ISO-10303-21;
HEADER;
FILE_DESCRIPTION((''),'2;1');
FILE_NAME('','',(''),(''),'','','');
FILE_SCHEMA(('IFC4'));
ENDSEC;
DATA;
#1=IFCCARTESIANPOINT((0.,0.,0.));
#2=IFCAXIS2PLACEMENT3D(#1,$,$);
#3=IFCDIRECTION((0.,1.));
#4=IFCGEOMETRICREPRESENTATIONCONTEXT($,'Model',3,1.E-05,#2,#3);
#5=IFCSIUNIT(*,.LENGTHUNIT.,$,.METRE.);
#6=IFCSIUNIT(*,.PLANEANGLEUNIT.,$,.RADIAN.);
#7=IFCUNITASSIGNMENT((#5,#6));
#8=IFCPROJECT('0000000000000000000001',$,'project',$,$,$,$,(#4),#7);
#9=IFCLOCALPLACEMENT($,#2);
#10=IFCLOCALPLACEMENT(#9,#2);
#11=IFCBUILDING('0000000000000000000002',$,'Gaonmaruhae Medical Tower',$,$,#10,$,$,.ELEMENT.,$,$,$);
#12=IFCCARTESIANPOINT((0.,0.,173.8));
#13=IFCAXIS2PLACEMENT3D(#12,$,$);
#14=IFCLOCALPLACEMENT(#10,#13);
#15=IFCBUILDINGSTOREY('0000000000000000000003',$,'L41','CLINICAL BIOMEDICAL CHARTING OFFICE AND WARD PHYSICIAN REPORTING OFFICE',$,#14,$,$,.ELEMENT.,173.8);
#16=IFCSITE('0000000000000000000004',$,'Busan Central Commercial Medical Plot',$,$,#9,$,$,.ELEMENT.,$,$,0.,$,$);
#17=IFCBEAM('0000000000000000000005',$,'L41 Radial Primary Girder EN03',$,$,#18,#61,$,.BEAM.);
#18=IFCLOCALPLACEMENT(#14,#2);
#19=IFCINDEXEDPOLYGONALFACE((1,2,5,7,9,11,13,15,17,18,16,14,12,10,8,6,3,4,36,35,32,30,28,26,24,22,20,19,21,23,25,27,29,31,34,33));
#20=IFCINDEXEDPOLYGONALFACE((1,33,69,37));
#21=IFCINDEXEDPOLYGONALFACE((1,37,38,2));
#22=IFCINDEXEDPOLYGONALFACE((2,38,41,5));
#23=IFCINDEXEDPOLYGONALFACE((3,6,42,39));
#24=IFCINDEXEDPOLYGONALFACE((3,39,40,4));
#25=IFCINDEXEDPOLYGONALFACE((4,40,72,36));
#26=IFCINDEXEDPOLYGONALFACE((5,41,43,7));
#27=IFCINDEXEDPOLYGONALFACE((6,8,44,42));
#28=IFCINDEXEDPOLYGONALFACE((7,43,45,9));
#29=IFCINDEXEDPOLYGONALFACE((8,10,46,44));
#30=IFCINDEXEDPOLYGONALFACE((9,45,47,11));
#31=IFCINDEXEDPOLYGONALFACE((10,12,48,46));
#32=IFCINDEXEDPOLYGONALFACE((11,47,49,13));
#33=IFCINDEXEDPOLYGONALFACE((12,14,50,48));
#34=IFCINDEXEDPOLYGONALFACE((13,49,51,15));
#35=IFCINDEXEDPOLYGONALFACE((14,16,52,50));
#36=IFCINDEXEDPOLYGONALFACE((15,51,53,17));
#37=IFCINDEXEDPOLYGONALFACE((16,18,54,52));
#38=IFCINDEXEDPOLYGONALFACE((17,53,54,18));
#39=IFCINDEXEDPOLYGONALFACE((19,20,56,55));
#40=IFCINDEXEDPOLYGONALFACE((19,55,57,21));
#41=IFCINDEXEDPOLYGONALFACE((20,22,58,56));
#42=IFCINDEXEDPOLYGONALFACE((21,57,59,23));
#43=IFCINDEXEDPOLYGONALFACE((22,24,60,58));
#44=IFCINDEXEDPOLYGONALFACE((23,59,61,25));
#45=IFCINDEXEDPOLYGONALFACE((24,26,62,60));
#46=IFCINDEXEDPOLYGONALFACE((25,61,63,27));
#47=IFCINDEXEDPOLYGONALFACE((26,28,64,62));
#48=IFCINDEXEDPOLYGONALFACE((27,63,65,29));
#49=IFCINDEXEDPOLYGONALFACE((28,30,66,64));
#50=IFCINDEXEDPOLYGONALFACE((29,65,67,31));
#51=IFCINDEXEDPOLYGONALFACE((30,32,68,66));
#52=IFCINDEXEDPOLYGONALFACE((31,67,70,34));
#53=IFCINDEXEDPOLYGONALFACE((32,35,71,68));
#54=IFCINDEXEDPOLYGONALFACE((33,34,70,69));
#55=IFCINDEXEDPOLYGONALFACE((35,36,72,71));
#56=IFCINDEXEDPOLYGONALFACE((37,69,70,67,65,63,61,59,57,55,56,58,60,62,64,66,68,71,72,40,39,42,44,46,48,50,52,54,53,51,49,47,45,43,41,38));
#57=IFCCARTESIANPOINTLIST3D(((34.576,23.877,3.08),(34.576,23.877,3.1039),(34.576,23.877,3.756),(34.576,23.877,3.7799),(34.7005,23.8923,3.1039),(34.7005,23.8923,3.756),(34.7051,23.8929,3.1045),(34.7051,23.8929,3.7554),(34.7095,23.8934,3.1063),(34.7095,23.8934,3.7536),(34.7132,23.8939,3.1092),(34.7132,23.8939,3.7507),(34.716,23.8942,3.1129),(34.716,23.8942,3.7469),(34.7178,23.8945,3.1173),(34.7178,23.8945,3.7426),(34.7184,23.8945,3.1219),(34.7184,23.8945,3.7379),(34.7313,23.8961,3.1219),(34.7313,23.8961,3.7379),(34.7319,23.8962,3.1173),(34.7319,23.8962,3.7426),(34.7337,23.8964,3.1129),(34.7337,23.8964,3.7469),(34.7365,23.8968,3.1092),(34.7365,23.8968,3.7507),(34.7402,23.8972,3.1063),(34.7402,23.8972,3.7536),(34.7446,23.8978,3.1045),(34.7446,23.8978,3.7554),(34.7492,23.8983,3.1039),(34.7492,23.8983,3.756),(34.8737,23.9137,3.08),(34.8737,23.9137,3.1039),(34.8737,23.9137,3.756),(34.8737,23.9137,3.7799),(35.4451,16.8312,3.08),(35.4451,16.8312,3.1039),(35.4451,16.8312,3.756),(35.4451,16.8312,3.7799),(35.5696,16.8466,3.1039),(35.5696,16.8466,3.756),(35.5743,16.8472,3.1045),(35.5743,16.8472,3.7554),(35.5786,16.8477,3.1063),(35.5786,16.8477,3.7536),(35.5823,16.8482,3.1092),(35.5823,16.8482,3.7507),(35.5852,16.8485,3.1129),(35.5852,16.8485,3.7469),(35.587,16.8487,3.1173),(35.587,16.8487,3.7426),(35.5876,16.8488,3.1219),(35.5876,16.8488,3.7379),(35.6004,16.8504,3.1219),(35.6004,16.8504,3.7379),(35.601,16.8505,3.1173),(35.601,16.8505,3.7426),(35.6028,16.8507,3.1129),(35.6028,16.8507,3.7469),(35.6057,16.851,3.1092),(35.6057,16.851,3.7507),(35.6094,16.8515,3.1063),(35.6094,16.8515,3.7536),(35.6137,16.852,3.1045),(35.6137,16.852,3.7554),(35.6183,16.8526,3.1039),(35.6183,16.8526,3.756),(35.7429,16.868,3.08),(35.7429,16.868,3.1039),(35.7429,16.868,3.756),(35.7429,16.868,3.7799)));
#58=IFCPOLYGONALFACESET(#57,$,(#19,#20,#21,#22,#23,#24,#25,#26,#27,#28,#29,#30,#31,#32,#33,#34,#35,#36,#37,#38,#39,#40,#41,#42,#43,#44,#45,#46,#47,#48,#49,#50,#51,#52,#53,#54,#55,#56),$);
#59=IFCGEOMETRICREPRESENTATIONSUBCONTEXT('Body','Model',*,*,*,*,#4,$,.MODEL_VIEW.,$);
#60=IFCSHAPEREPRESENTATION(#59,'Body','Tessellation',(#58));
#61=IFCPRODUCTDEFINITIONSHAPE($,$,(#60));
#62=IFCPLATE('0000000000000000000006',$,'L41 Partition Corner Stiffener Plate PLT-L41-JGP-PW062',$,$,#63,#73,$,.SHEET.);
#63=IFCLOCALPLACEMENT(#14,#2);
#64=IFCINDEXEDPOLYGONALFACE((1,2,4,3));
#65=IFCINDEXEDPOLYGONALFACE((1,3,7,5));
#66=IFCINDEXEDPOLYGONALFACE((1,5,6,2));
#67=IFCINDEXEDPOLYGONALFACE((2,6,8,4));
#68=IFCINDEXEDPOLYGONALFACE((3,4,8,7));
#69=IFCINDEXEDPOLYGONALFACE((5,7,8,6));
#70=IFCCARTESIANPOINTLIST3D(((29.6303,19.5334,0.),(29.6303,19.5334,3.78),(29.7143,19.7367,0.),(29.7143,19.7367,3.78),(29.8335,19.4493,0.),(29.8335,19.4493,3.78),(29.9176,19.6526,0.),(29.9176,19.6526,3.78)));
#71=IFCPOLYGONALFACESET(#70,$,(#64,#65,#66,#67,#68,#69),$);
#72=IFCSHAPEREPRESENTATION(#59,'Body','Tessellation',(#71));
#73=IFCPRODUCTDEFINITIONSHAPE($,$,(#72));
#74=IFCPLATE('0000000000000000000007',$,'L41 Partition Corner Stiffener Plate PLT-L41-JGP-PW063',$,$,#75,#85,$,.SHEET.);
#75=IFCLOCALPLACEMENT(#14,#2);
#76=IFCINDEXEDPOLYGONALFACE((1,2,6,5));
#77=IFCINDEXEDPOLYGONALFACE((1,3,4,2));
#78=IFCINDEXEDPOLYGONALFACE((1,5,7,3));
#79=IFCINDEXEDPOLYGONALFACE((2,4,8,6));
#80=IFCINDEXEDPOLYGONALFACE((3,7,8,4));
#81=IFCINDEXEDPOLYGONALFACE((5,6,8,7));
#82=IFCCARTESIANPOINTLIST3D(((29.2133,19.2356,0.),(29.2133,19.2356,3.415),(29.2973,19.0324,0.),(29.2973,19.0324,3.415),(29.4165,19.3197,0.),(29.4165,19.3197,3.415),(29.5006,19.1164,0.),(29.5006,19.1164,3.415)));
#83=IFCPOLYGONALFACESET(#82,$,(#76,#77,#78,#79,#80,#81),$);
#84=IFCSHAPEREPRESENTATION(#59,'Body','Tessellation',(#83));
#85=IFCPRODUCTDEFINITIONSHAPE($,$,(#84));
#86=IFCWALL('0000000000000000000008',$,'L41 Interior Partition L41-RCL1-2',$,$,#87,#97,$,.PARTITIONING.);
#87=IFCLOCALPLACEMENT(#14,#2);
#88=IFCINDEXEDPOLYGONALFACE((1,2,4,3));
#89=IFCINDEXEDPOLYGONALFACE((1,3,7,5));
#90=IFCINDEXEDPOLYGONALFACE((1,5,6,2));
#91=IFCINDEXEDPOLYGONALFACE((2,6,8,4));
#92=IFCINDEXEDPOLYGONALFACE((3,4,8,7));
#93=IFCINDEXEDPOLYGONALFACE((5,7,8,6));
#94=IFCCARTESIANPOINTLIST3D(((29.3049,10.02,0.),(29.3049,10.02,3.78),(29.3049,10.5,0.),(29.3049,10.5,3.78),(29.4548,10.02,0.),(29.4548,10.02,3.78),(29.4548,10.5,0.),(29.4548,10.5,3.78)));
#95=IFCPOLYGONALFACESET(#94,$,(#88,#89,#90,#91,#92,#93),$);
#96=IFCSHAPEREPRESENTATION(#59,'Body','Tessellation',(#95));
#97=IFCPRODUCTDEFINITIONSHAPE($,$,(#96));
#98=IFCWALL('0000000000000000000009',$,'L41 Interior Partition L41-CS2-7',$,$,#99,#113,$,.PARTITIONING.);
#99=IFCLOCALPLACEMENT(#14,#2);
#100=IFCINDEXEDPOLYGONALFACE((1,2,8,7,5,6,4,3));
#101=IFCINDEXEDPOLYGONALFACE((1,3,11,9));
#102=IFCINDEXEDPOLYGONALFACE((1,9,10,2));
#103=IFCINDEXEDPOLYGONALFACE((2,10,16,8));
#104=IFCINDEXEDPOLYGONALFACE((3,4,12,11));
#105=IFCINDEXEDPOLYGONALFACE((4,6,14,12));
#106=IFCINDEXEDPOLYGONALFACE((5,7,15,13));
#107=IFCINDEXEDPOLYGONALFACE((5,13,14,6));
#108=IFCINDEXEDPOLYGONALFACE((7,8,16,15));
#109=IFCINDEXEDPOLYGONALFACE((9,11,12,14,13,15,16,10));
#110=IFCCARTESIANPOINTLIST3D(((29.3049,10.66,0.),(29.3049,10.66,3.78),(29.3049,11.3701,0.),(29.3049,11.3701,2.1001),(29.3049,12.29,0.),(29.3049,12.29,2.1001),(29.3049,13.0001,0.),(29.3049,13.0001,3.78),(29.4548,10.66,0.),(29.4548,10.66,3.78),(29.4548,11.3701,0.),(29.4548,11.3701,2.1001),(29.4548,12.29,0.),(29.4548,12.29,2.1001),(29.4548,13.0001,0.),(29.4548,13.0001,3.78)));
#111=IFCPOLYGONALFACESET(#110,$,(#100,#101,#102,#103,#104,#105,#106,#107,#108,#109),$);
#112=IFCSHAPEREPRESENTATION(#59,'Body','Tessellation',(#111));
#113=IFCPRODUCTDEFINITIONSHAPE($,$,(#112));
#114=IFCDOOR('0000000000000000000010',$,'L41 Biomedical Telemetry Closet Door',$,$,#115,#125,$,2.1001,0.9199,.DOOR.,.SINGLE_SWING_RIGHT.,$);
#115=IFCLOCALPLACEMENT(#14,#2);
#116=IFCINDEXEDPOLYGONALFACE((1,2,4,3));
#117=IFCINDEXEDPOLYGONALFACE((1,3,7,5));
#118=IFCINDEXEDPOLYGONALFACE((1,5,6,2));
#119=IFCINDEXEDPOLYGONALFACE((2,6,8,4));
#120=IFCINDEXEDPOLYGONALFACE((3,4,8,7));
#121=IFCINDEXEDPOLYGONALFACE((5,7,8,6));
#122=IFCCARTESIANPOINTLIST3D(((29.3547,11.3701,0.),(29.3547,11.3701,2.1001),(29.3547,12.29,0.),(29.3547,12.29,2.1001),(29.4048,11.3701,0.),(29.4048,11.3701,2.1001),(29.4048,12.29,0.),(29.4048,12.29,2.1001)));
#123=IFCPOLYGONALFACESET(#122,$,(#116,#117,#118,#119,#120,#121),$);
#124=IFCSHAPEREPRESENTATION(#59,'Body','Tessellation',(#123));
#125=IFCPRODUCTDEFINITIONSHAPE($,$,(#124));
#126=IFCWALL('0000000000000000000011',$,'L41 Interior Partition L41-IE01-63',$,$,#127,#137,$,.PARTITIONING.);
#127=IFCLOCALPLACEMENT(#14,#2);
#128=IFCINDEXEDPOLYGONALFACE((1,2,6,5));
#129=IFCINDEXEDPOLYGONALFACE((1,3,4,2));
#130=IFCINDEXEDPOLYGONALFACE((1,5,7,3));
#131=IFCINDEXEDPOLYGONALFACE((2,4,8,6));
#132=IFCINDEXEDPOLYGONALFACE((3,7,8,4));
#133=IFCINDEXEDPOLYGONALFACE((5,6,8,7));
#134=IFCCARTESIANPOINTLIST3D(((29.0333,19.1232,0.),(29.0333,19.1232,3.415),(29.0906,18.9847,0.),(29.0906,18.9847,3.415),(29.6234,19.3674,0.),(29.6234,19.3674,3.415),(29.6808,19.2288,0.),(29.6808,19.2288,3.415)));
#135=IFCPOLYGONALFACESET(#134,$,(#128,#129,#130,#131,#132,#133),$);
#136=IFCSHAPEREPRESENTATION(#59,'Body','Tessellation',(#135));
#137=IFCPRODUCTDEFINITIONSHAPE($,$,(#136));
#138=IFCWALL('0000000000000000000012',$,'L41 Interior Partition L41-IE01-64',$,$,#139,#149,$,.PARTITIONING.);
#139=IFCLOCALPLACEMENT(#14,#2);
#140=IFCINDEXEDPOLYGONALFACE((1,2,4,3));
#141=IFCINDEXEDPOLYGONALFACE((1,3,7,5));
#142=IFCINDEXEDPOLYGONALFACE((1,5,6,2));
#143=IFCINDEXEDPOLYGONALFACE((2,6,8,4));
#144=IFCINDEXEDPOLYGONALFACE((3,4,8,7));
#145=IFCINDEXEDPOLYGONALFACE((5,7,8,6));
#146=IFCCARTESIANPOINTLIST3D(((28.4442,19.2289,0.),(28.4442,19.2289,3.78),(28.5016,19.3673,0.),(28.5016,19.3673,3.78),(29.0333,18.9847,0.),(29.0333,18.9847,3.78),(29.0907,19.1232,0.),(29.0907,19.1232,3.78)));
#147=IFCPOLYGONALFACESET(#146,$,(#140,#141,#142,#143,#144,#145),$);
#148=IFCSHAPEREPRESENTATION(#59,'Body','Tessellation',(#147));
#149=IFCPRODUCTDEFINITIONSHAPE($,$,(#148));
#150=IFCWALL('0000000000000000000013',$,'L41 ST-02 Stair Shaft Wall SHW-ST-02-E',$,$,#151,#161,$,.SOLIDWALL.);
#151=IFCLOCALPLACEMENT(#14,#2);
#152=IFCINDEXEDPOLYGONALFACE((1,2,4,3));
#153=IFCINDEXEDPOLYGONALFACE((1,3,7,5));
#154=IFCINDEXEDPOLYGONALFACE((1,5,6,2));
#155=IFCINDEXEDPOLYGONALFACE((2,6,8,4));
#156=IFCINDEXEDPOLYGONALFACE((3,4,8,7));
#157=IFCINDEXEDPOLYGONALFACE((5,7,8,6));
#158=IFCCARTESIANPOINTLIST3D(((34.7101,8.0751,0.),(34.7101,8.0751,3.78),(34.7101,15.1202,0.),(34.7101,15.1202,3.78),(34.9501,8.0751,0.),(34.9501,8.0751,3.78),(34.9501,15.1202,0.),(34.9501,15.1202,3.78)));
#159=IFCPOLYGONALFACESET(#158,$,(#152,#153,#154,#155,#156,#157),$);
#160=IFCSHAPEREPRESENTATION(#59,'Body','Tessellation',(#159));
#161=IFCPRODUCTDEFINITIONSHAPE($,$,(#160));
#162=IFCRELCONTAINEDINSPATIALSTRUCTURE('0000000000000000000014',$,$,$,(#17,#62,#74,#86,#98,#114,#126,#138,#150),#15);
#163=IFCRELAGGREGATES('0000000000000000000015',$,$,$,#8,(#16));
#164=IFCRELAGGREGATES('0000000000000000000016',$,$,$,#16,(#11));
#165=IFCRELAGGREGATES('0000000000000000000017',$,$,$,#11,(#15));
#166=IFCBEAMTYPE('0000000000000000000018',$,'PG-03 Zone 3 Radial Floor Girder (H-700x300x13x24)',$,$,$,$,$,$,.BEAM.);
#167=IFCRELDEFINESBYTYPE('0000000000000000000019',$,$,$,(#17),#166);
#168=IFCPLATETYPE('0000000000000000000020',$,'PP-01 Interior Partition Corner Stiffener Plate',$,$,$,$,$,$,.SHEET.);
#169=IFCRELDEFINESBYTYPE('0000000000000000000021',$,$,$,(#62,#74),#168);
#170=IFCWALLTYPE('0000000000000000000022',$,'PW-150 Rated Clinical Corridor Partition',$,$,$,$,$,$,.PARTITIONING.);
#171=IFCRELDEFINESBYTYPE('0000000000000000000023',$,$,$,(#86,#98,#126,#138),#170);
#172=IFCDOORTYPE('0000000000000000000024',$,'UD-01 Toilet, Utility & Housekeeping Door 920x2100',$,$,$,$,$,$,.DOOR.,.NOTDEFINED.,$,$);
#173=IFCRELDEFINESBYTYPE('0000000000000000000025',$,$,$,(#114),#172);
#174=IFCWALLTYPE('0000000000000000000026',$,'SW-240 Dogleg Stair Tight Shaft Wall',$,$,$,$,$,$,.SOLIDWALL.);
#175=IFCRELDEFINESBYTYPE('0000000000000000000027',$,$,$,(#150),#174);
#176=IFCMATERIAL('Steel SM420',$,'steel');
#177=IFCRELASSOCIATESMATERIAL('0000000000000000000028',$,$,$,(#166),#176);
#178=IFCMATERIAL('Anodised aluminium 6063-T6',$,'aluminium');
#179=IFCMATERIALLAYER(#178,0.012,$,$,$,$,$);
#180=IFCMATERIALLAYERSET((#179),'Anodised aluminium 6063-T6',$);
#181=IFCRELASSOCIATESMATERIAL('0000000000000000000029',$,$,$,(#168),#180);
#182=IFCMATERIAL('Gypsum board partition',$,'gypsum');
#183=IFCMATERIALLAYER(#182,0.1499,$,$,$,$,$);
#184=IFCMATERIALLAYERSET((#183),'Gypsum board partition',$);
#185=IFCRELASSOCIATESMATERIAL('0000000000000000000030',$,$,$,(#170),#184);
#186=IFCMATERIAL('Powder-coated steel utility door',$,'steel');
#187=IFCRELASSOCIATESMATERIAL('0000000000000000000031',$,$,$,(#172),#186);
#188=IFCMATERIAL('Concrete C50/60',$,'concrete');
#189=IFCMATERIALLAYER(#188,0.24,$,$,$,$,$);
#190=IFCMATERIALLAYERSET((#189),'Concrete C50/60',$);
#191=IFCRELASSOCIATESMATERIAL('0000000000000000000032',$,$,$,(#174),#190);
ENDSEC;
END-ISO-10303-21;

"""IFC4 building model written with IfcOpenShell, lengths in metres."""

from ifc_helpers import new_model, si_unit, direction, frame, frame_2d, origin, origin_2d, place, context, subcontext, project, spatial, rectangle, i_section, extrude, material, layer, layer_set, material_profile, profile_set, type_object, element, fill, save


model = new_model("IFC4")

# Units and contexts
model_context = context("Model", 3, precision=1e-05, world=origin(), true_north=direction((0.0, 1.0)))
body_context = subcontext(model_context, "Body", "Model", "MODEL_VIEW")
ifc_project = project(units=[si_unit("LENGTHUNIT", "METRE"), si_unit("PLANEANGLEUNIT", "RADIAN")], contexts=[model_context])

# Site, building, storey
site_placement = place(None, origin())
site = spatial("IfcSite", under=ifc_project, at=site_placement, Name="Busan Central Commercial Medical Plot", CompositionType="ELEMENT", RefElevation=0.0)
building_placement = place(site_placement, origin())
building = spatial("IfcBuilding", under=site, at=building_placement, Name="Gaonmaruhae Medical Tower", CompositionType="ELEMENT")
storey_placement = place(building_placement, frame((0.0, 0.0, 173.8)))
storey = spatial("IfcBuildingStorey", under=building, at=storey_placement, Name="L41", Description="CLINICAL BIOMEDICAL CHARTING OFFICE AND WARD PHYSICIAN REPORTING OFFICE", CompositionType="ELEMENT", Elevation=173.8)

# Shared definitions
ifc_material_1 = material(Name="Concrete C50/60", Category="concrete")

# Beam
ifc_material_2 = material(Name="Steel SM420", Category="steel")
ifc_material_profile_1 = material_profile(ifc_material_2, i_section(OverallWidth=0.3, OverallDepth=0.7, WebThickness=0.0129, FlangeThickness=0.0239, FilletRadius=0.0181, at=origin_2d()), Name="H-700x300x13x24")
ifc_profile_set_1 = profile_set([ifc_material_profile_1], Name="Steel SM420")
beam_type = type_object("IfcBeamType", Name="PG-03 Zone 3 Radial Floor Girder (H-700x300x13x24)", PredefinedType="BEAM", material=ifc_profile_set_1)
beam_1_placement = place(storey_placement, frame((35.594, 16.8496, 3.4299), z_axis=(-0.12243, 0.992477, 0.0), x_axis=(-0.992477, -0.12243, 0.0)))
element("IfcBeam", 1, at=beam_1_placement, inside=storey, type_object=beam_type, Name="L41 Radial Primary Girder EN03", PredefinedType="BEAM", context=body_context, shape_type="SweptSolid", body=[
    extrude(i_section(OverallWidth=0.3, OverallDepth=0.7, WebThickness=0.0129, FlangeThickness=0.0239, FilletRadius=0.0181, at=origin_2d()), origin(), (0.0, 0.0, 1.0), 7.0991),
])

# Plates
ifc_material_3 = material(Name="Anodised aluminium 6063-T6", Category="aluminium")
ifc_layer_1 = layer(ifc_material_3, 0.012)
ifc_layer_set_1 = layer_set([ifc_layer_1], Name="Anodised aluminium 6063-T6")
plate_type = type_object("IfcPlateType", Name="PP-01 Interior Partition Corner Stiffener Plate", PredefinedType="SHEET", material=ifc_layer_set_1)
plate_1_placement = place(storey_placement, frame((29.7739, 19.593, 0.0), z_axis=(0.0, 0.0, 1.0), x_axis=(-0.382167, -0.924093, 0.0)))
element("IfcPlate", 2, at=plate_1_placement, inside=storey, type_object=plate_type, Name="L41 Partition Corner Stiffener Plate PLT-L41-JGP-PW062", PredefinedType="SHEET", context=body_context, shape_type="SweptSolid", body=[
    extrude(rectangle(XDim=0.22, YDim=0.22, at=origin_2d()), origin(), (0.0, 0.0, 1.0), 3.78),
])
plate_2_placement = place(storey_placement, frame((29.3569, 19.176, 0.0), z_axis=(0.0, 0.0, 1.0), x_axis=(-0.924093, -0.382167, 0.0)))
element("IfcPlate", 3, at=plate_2_placement, inside=storey, type_object=plate_type, Name="L41 Partition Corner Stiffener Plate PLT-L41-JGP-PW063", PredefinedType="SHEET", context=body_context, shape_type="SweptSolid", body=[
    extrude(rectangle(XDim=0.22, YDim=0.22, at=origin_2d()), origin(), (0.0, 0.0, 1.0), 3.415),
])

# Wall
ifc_material_4 = material(Name="Gypsum board partition", Category="gypsum")
ifc_layer_2 = layer(ifc_material_4, 0.1499)
ifc_layer_set_2 = layer_set([ifc_layer_2], Name="Gypsum board partition")
wall_type_1 = type_object("IfcWallType", Name="PW-150 Rated Clinical Corridor Partition", PredefinedType="PARTITIONING", material=ifc_layer_set_2)
wall_1_placement = place(storey_placement, frame((29.3799, 10.5, 0.0), z_axis=(0.0, 0.0, 1.0), x_axis=(0.0, -1.0, 0.0)))
element("IfcWall", 4, at=wall_1_placement, inside=storey, type_object=wall_type_1, Name="L41 Interior Partition L41-RCL1-2", PredefinedType="PARTITIONING", context=body_context, shape_type="SweptSolid", body=[
    extrude(rectangle(XDim=0.48, YDim=0.1499, at=frame_2d((0.24, 0.0))), origin(), (0.0, 0.0, 1.0), 3.78),
])

# Wall, opening, door
wall_2_placement = place(storey_placement, frame((29.3799, 13.0, 0.0), z_axis=(0.0, 0.0, 1.0), x_axis=(0.0, -1.0, 0.0)))
wall_2 = element("IfcWall", 5, at=wall_2_placement, inside=storey, type_object=wall_type_1, Name="L41 Interior Partition L41-CS2-7", PredefinedType="PARTITIONING", context=body_context, shape_type="SweptSolid", body=[
    extrude(rectangle(XDim=2.3401, YDim=0.1499, at=frame_2d((1.1699, 0.0))), origin(), (0.0, 0.0, 1.0), 3.78),
])
opening_1_placement = place(wall_2_placement, frame((0.71, 0.0, 0.0)))
opening_1 = element("IfcOpeningElement", 6, at=opening_1_placement, cuts=wall_2, PredefinedType="OPENING", context=body_context, shape_type="SweptSolid", body=[
    extrude(rectangle(XDim=0.9199, YDim=2.1001, at=frame_2d((0.46, 1.05))), frame((0.0, 0.085, 0.0), z_axis=(0.0, -1.0, 0.0), x_axis=(1.0, 0.0, 0.0)), (0.0, 0.0, 1.0), 0.1699),
])
ifc_material_5 = material(Name="Powder-coated steel utility door", Category="steel")
door_type_1 = type_object("IfcDoorType", Name="UD-01 Toilet, Utility & Housekeeping Door 920x2100", OperationType="NOTDEFINED", PredefinedType="DOOR", material=ifc_material_5)
door_1_placement = place(opening_1_placement, origin())
door_1 = element("IfcDoor", 7, at=door_1_placement, inside=storey, type_object=door_type_1, Name="L41 Biomedical Telemetry Closet Door", OperationType="SINGLE_SWING_RIGHT", OverallHeight=2.1001, OverallWidth=0.9199, PredefinedType="DOOR", context=body_context, shape_type="SweptSolid", body=[
    extrude(rectangle(XDim=0.9199, YDim=2.1001, at=frame_2d((0.46, 1.05))), frame((0.0, 0.0249, 0.0), z_axis=(0.0, -1.0, 0.0), x_axis=(1.0, 0.0, 0.0)), (0.0, 0.0, 1.0), 0.05),
])
fill(opening_1, door_1)

# Walls
wall_3_placement = place(storey_placement, frame((29.6521, 19.2981, 0.0), z_axis=(0.0, 0.0, 1.0), x_axis=(-0.924035, -0.382307, 0.0)))
element("IfcWall", 8, at=wall_3_placement, inside=storey, type_object=wall_type_1, Name="L41 Interior Partition L41-IE01-63", PredefinedType="PARTITIONING", context=body_context, shape_type="SweptSolid", body=[
    extrude(rectangle(XDim=0.6387, YDim=0.1499, at=frame_2d((0.3193, 0.0))), origin(), (0.0, 0.0, 1.0), 3.415),
])
wall_4_placement = place(storey_placement, frame((29.062, 19.054, 0.0), z_axis=(0.0, 0.0, 1.0), x_axis=(-0.923811, 0.382848, 0.0)))
element("IfcWall", 9, at=wall_4_placement, inside=storey, type_object=wall_type_1, Name="L41 Interior Partition L41-IE01-64", PredefinedType="PARTITIONING", context=body_context, shape_type="SweptSolid", body=[
    extrude(rectangle(XDim=0.6377, YDim=0.1499, at=frame_2d((0.3188, 0.0))), origin(), (0.0, 0.0, 1.0), 3.78),
])

# Shared definitions
ifc_layer_3 = layer(ifc_material_1, 0.24)
ifc_layer_set_3 = layer_set([ifc_layer_3], Name="Concrete C50/60")
wall_type_2 = type_object("IfcWallType", Name="SW-240 Dogleg Stair Tight Shaft Wall", PredefinedType="SOLIDWALL", material=ifc_layer_set_3)

# Wall
wall_5_placement = place(storey_placement, frame((34.8301, 15.1201, 0.0), z_axis=(0.0, 0.0, 1.0), x_axis=(0.0, -1.0, 0.0)))
element("IfcWall", 10, at=wall_5_placement, inside=storey, type_object=wall_type_2, Name="L41 ST-02 Stair Shaft Wall SHW-ST-02-E", PredefinedType="SOLIDWALL", context=body_context, shape_type="SweptSolid", body=[
    extrude(rectangle(XDim=7.0452, YDim=0.24, at=frame_2d((3.5225, 0.0))), origin(), (0.0, 0.0, 1.0), 3.78),
])

save(model, "model.ifc")
